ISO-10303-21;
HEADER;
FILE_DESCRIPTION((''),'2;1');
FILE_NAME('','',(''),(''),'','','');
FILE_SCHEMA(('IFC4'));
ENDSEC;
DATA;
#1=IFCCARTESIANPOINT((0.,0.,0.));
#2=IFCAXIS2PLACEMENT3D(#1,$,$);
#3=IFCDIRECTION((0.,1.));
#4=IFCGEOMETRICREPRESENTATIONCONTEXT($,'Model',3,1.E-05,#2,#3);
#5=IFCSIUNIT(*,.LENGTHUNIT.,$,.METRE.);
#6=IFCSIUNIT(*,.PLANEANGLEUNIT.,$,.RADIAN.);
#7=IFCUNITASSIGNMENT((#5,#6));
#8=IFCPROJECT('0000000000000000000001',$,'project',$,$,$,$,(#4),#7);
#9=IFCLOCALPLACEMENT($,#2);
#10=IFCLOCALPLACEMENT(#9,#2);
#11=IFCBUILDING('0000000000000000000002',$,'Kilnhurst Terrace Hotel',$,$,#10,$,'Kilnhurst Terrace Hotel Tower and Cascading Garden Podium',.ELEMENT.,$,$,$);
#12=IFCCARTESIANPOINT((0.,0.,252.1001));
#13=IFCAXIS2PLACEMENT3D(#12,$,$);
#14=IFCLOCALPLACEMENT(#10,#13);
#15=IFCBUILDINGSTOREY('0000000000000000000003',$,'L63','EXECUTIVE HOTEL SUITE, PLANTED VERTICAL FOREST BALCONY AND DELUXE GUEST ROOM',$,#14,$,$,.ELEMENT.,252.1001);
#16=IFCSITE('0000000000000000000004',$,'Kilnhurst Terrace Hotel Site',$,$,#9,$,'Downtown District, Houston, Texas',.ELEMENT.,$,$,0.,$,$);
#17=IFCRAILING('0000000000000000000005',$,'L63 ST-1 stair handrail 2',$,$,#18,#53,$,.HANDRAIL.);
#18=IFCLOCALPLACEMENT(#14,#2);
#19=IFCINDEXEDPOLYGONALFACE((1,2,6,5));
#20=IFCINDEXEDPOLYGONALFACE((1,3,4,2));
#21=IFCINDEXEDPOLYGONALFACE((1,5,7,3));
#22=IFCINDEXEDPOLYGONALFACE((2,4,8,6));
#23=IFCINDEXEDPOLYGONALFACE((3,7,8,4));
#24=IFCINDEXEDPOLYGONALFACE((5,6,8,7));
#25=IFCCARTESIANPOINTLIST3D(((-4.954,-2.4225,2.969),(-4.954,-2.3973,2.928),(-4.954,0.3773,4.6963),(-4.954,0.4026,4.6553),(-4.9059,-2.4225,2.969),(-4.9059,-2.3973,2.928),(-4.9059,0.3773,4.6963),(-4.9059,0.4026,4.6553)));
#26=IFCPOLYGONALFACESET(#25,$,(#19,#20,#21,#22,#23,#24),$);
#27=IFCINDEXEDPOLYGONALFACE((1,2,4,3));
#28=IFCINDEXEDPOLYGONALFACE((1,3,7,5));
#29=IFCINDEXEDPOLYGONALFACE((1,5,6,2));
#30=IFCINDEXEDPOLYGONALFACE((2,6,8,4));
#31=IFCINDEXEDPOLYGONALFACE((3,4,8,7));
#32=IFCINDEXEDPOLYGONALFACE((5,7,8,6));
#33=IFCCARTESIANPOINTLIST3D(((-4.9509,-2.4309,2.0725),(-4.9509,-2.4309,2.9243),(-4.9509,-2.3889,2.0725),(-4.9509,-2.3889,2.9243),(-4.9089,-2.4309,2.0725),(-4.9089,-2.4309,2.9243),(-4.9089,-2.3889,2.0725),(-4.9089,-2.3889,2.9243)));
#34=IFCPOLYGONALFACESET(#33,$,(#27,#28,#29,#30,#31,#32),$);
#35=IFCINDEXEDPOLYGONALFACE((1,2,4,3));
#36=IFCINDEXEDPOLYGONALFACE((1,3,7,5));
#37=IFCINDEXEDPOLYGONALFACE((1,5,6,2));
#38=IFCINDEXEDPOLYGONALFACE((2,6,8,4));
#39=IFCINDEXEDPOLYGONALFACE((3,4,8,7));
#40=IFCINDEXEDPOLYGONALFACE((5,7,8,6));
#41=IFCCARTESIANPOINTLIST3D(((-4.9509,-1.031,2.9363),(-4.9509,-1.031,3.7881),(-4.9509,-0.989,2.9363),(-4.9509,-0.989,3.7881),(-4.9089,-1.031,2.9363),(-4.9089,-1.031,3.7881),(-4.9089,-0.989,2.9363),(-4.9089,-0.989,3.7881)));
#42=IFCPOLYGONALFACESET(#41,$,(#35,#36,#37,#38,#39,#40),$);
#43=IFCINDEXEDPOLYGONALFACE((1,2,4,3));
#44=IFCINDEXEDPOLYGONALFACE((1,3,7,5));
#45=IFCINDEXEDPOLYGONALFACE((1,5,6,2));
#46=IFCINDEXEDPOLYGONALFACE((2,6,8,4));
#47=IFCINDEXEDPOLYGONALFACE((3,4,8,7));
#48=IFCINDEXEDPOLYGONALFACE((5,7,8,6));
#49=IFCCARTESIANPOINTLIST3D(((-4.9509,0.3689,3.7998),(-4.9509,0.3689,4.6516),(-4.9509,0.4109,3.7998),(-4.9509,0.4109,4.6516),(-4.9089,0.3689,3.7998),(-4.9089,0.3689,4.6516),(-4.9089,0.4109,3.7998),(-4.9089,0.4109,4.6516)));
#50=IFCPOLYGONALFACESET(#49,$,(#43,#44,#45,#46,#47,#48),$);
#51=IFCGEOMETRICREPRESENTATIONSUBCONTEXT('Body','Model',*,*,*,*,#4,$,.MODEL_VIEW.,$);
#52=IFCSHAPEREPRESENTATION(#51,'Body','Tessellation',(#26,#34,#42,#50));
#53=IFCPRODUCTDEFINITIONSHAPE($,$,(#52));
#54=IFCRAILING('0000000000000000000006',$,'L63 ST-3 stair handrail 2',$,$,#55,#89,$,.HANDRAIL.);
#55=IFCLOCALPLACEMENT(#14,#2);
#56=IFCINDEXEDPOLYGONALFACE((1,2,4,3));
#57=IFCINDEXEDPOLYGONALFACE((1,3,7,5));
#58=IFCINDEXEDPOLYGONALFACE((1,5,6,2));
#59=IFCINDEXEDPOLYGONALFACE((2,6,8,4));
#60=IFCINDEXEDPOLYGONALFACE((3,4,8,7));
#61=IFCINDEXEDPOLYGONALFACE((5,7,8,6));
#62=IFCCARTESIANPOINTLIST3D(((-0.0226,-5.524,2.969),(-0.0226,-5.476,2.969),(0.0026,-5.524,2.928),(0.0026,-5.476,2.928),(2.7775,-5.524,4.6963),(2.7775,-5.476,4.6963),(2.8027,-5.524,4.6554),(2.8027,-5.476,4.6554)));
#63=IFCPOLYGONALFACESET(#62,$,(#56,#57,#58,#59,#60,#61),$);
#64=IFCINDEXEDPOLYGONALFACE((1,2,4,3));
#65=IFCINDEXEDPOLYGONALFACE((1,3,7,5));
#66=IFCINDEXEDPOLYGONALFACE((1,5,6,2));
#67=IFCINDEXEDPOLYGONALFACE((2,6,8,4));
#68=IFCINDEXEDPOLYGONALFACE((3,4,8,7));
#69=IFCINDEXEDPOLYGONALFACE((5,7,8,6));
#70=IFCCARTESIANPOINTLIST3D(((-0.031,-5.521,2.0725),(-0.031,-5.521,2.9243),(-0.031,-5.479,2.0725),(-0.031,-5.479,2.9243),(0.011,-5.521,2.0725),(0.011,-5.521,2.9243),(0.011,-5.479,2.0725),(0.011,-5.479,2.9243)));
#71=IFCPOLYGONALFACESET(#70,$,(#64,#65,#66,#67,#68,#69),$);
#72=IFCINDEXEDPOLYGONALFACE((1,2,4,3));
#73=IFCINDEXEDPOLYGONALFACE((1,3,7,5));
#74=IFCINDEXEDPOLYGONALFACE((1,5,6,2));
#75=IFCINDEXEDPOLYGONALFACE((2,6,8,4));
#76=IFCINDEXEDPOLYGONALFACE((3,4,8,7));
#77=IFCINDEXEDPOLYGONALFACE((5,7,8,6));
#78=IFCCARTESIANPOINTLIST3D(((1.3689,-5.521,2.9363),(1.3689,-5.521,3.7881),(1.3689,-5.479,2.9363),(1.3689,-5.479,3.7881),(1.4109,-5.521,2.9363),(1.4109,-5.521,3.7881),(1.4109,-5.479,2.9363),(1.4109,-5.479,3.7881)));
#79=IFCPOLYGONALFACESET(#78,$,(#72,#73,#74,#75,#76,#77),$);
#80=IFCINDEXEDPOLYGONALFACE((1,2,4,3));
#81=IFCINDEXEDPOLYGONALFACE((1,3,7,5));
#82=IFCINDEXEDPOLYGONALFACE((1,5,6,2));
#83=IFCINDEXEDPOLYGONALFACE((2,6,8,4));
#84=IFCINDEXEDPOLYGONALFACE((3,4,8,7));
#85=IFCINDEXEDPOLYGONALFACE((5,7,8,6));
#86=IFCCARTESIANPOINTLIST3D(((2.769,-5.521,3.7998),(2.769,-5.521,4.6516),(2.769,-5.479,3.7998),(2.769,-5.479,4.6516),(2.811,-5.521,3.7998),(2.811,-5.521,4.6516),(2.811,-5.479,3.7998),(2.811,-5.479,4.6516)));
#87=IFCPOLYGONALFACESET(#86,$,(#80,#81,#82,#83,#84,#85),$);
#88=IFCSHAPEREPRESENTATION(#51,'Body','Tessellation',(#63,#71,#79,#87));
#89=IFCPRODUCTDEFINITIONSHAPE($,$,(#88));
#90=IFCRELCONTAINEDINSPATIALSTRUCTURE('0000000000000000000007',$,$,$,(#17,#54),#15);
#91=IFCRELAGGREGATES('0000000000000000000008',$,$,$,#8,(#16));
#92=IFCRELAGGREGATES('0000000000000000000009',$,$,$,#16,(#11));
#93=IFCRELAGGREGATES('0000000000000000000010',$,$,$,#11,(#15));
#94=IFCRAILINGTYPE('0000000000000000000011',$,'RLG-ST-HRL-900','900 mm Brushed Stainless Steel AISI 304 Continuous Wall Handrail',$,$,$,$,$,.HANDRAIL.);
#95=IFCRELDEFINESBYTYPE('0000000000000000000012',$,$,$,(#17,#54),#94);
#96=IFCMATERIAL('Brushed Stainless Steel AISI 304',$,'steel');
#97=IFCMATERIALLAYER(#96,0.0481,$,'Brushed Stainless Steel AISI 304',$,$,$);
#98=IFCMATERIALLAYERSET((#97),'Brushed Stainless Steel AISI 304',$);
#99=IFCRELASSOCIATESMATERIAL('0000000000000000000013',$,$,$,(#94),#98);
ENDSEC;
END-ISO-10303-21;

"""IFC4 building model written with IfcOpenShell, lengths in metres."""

from ifc_helpers import new_model, si_unit, direction, frame, origin, origin_2d, place, context, subcontext, project, spatial, rectangle, extrude, material, layer, layer_set, type_object, element, save


model = new_model("IFC4")

# Units and contexts
model_context = context("Model", 3, precision=1e-05, world=origin(), true_north=direction((0.0, 1.0)))
body_context = subcontext(model_context, "Body", "Model", "MODEL_VIEW")
ifc_project = project(units=[si_unit("LENGTHUNIT", "METRE"), si_unit("PLANEANGLEUNIT", "RADIAN")], contexts=[model_context])

# Site, building, storey
site_placement = place(None, origin())
site = spatial("IfcSite", under=ifc_project, at=site_placement, Name="Kilnhurst Terrace Hotel Site", LongName="Downtown District, Houston, Texas", CompositionType="ELEMENT", RefElevation=0.0)
building_placement = place(site_placement, origin())
building = spatial("IfcBuilding", under=site, at=building_placement, Name="Kilnhurst Terrace Hotel", LongName="Kilnhurst Terrace Hotel Tower and Cascading Garden Podium", CompositionType="ELEMENT")
storey_placement = place(building_placement, frame((0.0, 0.0, 252.1001)))
storey = spatial("IfcBuildingStorey", under=building, at=storey_placement, Name="L63", Description="EXECUTIVE HOTEL SUITE, PLANTED VERTICAL FOREST BALCONY AND DELUXE GUEST ROOM", CompositionType="ELEMENT", Elevation=252.1001)

# Railings
ifc_material_1 = material(Name="Brushed Stainless Steel AISI 304", Category="steel")
ifc_layer_1 = layer(ifc_material_1, 0.0481, Name="Brushed Stainless Steel AISI 304")
ifc_layer_set_1 = layer_set([ifc_layer_1], Name="Brushed Stainless Steel AISI 304")
railing_type_1 = type_object("IfcRailingType", Name="RLG-ST-HRL-900", Description="900 mm Brushed Stainless Steel AISI 304 Continuous Wall Handrail", PredefinedType="HANDRAIL", material=ifc_layer_set_1)
railing_1_placement = place(storey_placement, frame((-4.9299, -2.4099, 2.0725)))
element("IfcRailing", 1, at=railing_1_placement, inside=storey, type_object=railing_type_1, Name="L63 ST-1 stair handrail 2", PredefinedType="HANDRAIL", context=body_context, shape_type="SweptSolid", body=[
    extrude(rectangle(XDim=0.0481, YDim=0.0481, at=origin_2d()), frame((0.0, 0.0, 0.876), z_axis=(0.0, 0.851069, 0.525054), x_axis=(-1.0, 0.0, 0.0)), (0.0, 0.0, 1.0), 3.2898),
    extrude(rectangle(XDim=0.042, YDim=0.042, at=origin_2d()), origin(), (0.0, 0.0, 1.0), 0.8518),
    extrude(rectangle(XDim=0.042, YDim=0.042, at=origin_2d()), frame((0.0, 1.3999, 0.8638)), (0.0, 0.0, 1.0), 0.8518),
    extrude(rectangle(XDim=0.042, YDim=0.042, at=origin_2d()), frame((0.0, 2.7998, 1.7273)), (0.0, 0.0, 1.0), 0.8518),
])
railing_2_placement = place(storey_placement, frame((-0.01, -5.5, 2.0725)))
element("IfcRailing", 2, at=railing_2_placement, inside=storey, type_object=railing_type_1, Name="L63 ST-3 stair handrail 2", PredefinedType="HANDRAIL", context=body_context, shape_type="SweptSolid", body=[
    extrude(rectangle(XDim=0.0481, YDim=0.0481, at=origin_2d()), frame((0.0, 0.0, 0.876), z_axis=(0.85109, 0.0, 0.52502), x_axis=(0.0, 1.0, 0.0)), (0.0, 0.0, 1.0), 3.29),
    extrude(rectangle(XDim=0.042, YDim=0.042, at=origin_2d()), origin(), (0.0, 0.0, 1.0), 0.8518),
    extrude(rectangle(XDim=0.042, YDim=0.042, at=origin_2d()), frame((1.3999, 0.0, 0.8638)), (0.0, 0.0, 1.0), 0.8518),
    extrude(rectangle(XDim=0.042, YDim=0.042, at=origin_2d()), frame((2.8, 0.0, 1.7273)), (0.0, 0.0, 1.0), 0.8518),
])

save(model, "model.ifc")
